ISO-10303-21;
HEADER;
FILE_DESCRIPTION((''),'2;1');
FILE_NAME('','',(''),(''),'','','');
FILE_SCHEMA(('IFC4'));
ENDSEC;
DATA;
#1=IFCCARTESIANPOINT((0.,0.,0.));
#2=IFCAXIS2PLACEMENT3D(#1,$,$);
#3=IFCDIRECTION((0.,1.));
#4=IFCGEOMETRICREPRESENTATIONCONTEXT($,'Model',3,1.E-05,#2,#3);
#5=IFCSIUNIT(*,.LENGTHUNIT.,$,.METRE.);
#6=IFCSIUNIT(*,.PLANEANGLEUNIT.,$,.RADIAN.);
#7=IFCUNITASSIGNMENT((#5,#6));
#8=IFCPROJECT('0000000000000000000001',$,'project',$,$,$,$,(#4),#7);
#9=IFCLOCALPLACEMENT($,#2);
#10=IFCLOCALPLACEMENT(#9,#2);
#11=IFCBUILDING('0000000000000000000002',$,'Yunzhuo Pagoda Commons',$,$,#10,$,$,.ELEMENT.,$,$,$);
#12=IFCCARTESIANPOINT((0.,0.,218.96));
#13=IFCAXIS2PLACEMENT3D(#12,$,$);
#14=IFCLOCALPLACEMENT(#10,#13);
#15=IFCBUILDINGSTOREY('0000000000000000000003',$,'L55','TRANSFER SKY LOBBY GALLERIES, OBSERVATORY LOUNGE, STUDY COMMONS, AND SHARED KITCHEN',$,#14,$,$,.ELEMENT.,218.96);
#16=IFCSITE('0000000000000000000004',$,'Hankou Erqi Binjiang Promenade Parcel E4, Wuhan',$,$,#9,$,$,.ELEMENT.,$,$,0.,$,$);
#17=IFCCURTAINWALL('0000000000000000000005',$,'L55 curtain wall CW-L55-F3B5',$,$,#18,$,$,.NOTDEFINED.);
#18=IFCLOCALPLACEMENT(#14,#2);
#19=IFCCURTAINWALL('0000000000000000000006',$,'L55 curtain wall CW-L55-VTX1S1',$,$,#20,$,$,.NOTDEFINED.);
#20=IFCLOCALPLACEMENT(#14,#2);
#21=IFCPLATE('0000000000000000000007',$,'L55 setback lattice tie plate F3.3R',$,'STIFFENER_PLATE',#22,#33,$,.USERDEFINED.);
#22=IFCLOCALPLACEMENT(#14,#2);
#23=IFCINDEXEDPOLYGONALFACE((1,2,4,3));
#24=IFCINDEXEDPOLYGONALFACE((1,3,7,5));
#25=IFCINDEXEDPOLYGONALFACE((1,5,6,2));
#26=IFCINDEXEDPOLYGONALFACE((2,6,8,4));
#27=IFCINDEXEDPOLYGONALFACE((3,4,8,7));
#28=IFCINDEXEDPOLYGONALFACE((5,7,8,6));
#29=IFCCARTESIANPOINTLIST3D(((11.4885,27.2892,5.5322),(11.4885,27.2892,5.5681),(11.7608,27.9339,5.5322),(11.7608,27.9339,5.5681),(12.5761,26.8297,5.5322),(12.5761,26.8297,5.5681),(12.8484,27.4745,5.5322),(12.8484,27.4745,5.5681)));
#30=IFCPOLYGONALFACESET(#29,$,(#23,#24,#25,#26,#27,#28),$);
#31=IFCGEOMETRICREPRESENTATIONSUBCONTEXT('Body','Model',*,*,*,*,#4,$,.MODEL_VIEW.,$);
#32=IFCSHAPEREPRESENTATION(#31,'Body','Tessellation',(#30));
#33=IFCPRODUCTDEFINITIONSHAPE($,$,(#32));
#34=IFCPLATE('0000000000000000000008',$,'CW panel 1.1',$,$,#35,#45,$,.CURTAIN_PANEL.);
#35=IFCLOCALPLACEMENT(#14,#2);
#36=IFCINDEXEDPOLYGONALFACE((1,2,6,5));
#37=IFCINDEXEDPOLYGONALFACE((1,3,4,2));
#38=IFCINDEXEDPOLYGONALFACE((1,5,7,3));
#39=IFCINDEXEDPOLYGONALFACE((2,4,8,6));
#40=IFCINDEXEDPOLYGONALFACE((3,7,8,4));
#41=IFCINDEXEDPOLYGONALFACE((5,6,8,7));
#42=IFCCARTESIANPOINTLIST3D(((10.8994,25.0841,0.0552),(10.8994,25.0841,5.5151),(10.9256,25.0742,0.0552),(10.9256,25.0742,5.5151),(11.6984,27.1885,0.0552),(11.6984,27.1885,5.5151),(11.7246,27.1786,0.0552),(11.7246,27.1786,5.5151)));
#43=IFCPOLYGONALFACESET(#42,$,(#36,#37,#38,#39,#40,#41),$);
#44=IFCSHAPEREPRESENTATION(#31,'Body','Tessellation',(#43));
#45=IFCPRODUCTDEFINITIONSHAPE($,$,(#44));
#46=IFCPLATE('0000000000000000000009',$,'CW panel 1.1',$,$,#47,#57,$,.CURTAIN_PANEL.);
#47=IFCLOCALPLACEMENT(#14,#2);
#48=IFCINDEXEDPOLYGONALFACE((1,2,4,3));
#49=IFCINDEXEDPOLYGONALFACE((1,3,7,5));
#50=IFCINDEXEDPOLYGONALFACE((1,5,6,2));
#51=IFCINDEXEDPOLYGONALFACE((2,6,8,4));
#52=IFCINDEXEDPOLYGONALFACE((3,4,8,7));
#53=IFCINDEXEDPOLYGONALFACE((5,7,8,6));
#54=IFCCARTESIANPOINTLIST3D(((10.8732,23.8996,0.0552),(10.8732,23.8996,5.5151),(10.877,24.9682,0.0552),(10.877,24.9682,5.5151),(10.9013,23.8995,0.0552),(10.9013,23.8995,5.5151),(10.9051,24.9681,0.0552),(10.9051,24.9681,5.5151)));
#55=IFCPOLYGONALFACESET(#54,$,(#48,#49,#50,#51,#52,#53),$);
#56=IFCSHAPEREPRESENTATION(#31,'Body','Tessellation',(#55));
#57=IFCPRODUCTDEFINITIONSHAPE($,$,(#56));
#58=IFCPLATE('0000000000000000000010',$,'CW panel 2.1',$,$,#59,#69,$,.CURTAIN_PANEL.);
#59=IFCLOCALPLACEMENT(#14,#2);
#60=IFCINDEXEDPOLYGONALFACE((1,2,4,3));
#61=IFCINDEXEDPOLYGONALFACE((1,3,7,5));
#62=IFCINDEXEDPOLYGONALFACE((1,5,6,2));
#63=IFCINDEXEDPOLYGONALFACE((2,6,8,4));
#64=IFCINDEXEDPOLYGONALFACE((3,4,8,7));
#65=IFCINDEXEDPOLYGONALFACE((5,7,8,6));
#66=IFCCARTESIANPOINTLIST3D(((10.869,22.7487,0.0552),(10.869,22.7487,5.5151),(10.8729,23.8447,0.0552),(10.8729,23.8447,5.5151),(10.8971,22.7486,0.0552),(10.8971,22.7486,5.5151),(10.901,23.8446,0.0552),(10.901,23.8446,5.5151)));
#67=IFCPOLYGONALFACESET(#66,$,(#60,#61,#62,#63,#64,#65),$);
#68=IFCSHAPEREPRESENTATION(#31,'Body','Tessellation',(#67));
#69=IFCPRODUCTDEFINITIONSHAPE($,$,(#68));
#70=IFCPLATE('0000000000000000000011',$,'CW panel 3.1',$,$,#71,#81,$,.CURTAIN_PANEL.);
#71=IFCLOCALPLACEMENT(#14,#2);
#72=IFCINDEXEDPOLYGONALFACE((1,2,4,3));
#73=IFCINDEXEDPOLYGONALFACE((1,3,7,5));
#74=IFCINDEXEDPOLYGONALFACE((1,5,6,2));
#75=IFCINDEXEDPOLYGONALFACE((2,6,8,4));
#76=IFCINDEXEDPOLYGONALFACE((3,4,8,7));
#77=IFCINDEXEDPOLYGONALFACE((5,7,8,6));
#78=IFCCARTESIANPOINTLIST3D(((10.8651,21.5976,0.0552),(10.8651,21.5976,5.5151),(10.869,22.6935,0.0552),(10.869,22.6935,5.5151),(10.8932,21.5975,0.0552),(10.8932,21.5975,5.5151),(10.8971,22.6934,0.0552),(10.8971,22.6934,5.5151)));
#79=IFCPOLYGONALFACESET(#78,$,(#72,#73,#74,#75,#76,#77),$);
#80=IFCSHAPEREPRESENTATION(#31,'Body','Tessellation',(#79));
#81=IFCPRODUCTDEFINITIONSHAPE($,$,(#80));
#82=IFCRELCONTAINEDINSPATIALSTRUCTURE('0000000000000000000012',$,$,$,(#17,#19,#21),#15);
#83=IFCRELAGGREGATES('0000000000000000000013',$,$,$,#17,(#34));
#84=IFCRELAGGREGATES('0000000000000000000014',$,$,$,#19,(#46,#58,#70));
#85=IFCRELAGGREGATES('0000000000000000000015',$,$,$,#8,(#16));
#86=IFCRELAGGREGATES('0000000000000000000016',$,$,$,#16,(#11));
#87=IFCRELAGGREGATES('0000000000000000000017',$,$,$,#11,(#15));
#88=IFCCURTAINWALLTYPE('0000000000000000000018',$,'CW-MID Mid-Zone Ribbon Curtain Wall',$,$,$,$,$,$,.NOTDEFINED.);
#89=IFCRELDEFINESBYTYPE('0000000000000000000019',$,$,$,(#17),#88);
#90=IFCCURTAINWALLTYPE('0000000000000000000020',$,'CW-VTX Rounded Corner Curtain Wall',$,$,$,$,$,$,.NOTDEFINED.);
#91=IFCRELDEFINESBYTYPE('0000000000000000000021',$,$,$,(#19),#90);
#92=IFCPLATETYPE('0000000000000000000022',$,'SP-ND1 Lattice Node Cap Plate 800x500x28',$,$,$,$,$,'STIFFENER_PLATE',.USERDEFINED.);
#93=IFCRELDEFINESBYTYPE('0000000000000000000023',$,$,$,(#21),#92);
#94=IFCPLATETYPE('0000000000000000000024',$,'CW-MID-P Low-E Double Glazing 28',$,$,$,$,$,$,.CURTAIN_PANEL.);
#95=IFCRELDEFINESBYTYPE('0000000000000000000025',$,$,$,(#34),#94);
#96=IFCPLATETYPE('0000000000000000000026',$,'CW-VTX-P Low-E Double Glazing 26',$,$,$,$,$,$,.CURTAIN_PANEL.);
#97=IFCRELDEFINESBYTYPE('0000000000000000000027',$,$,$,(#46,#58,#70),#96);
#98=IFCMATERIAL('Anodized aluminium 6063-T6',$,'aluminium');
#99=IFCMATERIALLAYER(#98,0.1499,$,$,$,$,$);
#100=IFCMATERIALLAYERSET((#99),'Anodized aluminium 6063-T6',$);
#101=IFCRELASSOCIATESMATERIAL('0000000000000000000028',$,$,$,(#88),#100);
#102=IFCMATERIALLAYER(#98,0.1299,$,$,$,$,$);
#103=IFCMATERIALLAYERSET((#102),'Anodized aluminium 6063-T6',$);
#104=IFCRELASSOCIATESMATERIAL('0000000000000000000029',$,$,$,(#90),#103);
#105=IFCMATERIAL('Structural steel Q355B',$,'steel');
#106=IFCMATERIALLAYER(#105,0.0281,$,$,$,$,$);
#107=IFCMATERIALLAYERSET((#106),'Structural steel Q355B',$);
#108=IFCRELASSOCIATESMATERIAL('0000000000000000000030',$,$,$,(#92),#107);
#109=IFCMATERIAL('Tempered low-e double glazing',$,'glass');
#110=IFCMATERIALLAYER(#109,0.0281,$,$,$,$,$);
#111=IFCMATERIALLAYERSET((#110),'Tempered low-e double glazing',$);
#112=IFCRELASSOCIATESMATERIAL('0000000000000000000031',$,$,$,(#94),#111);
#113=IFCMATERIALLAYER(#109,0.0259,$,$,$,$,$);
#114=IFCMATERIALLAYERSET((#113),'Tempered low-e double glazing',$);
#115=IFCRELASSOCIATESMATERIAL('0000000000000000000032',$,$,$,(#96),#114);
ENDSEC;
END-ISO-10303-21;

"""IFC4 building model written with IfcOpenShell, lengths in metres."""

from ifc_helpers import new_model, si_unit, direction, frame, origin, origin_2d, place, context, subcontext, project, spatial, rectangle, extrude, source, transform, mapped, material, layer, layer_set, type_object, element, aggregate, save


model = new_model("IFC4")

# Units and contexts
model_context = context("Model", 3, precision=1e-05, world=origin(), true_north=direction((0.0, 1.0)))
body_context = subcontext(model_context, "Body", "Model", "MODEL_VIEW")
ifc_project = project(units=[si_unit("LENGTHUNIT", "METRE"), si_unit("PLANEANGLEUNIT", "RADIAN")], contexts=[model_context])

# Site, building, storey
site_placement = place(None, origin())
site = spatial("IfcSite", under=ifc_project, at=site_placement, Name="Hankou Erqi Binjiang Promenade Parcel E4, Wuhan", CompositionType="ELEMENT", RefElevation=0.0)
building_placement = place(site_placement, origin())
building = spatial("IfcBuilding", under=site, at=building_placement, Name="Yunzhuo Pagoda Commons", CompositionType="ELEMENT")
storey_placement = place(building_placement, frame((0.0, 0.0, 218.96)))
storey = spatial("IfcBuildingStorey", under=building, at=storey_placement, Name="L55", Description="TRANSFER SKY LOBBY GALLERIES, OBSERVATORY LOUNGE, STUDY COMMONS, AND SHARED KITCHEN", CompositionType="ELEMENT", Elevation=218.96)

# Shared definitions
ifc_material_1 = material(Name="Structural steel Q355B", Category="steel")

# Shared definitions
ifc_material_2 = material(Name="Anodized aluminium 6063-T6", Category="aluminium")
ifc_layer_1 = layer(ifc_material_2, 0.1499)
ifc_layer_set_1 = layer_set([ifc_layer_1], Name="Anodized aluminium 6063-T6")
curtain_wall_type_1 = type_object("IfcCurtainWallType", Name="CW-MID Mid-Zone Ribbon Curtain Wall", PredefinedType="NOTDEFINED", material=ifc_layer_set_1)

# Curtain walls
curtain_wall_1_placement = place(storey_placement, origin())
curtain_wall_1 = element("IfcCurtainWall", 1, at=curtain_wall_1_placement, inside=storey, type_object=curtain_wall_type_1, Name="L55 curtain wall CW-L55-F3B5", PredefinedType="NOTDEFINED")
ifc_layer_2 = layer(ifc_material_2, 0.1299)
ifc_layer_set_2 = layer_set([ifc_layer_2], Name="Anodized aluminium 6063-T6")
curtain_wall_type_2 = type_object("IfcCurtainWallType", Name="CW-VTX Rounded Corner Curtain Wall", PredefinedType="NOTDEFINED", material=ifc_layer_set_2)
curtain_wall_2_placement = place(storey_placement, origin())
curtain_wall_2 = element("IfcCurtainWall", 2, at=curtain_wall_2_placement, inside=storey, type_object=curtain_wall_type_2, Name="L55 curtain wall CW-L55-VTX1S1", PredefinedType="NOTDEFINED")

# Plates
ifc_layer_3 = layer(ifc_material_1, 0.0281)
ifc_layer_set_3 = layer_set([ifc_layer_3], Name="Structural steel Q355B")
plate_type_1 = type_object("IfcPlateType", Name="SP-ND1 Lattice Node Cap Plate 800x500x28", ElementType="STIFFENER_PLATE", PredefinedType="USERDEFINED", material=ifc_layer_set_3)
shared_shape_1 = source(origin(), body_context, "Body", "SweptSolid", [
    extrude(rectangle(XDim=0.7, YDim=1.1807, at=origin_2d()), origin(), (0.0, 0.0, 1.0), 0.0359),
])
plate_1_placement = place(storey_placement, frame((12.1685, 27.3818, 5.5322), z_axis=(0.0, 0.0, 1.0), x_axis=(-0.389124, -0.921185, 0.0)))
element("IfcPlate", 3, at=plate_1_placement, inside=storey, type_object=plate_type_1, Name="L55 setback lattice tie plate F3.3R", ObjectType="STIFFENER_PLATE", PredefinedType="USERDEFINED", context=body_context, shape_type="MappedRepresentation", body=[
    mapped(shared_shape_1, transform((0.0, 0.0, 0.0), scale=1.0)),
])
ifc_material_3 = material(Name="Tempered low-e double glazing", Category="glass")
ifc_layer_4 = layer(ifc_material_3, 0.0281)
ifc_layer_set_4 = layer_set([ifc_layer_4], Name="Tempered low-e double glazing")
plate_type_2 = type_object("IfcPlateType", Name="CW-MID-P Low-E Double Glazing 28", PredefinedType="CURTAIN_PANEL", material=ifc_layer_set_4)
shared_shape_2 = source(origin(), body_context, "Body", "SweptSolid", [
    extrude(rectangle(XDim=2.251, YDim=0.0281, at=origin_2d()), origin(), (0.0, 0.0, 1.0), 5.46),
])
plate_2_placement = place(storey_placement, frame((11.312, 26.1313, 0.0552), z_axis=(0.0, 0.0, 1.0), x_axis=(-0.354957, -0.934883, 0.0)))
plate_2 = element("IfcPlate", 4, at=plate_2_placement, type_object=plate_type_2, Name="CW panel 1.1", PredefinedType="CURTAIN_PANEL", context=body_context, shape_type="MappedRepresentation", body=[
    mapped(shared_shape_2, transform((0.0, 0.0, 0.0), scale=1.0)),
])
aggregate(curtain_wall_1, [plate_2])
ifc_layer_5 = layer(ifc_material_3, 0.0259)
ifc_layer_set_5 = layer_set([ifc_layer_5], Name="Tempered low-e double glazing")
plate_type_3 = type_object("IfcPlateType", Name="CW-VTX-P Low-E Double Glazing 26", PredefinedType="CURTAIN_PANEL", material=ifc_layer_set_5)
shared_shape_3 = source(origin(), body_context, "Body", "SweptSolid", [
    extrude(rectangle(XDim=1.0686, YDim=0.0281, at=origin_2d()), origin(), (0.0, 0.0, 1.0), 5.46),
])
plate_3_placement = place(storey_placement, frame((10.8892, 24.4338, 0.0552), z_axis=(0.0, 0.0, 1.0), x_axis=(-0.003584, -0.999994, 0.0)))
plate_3 = element("IfcPlate", 5, at=plate_3_placement, type_object=plate_type_3, Name="CW panel 1.1", PredefinedType="CURTAIN_PANEL", context=body_context, shape_type="MappedRepresentation", body=[
    mapped(shared_shape_3, transform((0.0, 0.0, 0.0), scale=1.0)),
])
shared_shape_4 = source(origin(), body_context, "Body", "SweptSolid", [
    extrude(rectangle(XDim=1.0959, YDim=0.0281, at=origin_2d()), origin(), (0.0, 0.0, 1.0), 5.46),
])
plate_4_placement = place(storey_placement, frame((10.885, 23.2966, 0.0552), z_axis=(0.0, 0.0, 1.0), x_axis=(-0.003584, -0.999994, 0.0)))
plate_4 = element("IfcPlate", 6, at=plate_4_placement, type_object=plate_type_3, Name="CW panel 2.1", PredefinedType="CURTAIN_PANEL", context=body_context, shape_type="MappedRepresentation", body=[
    mapped(shared_shape_4, transform((0.0, 0.0, 0.0), scale=1.0)),
])
plate_5_placement = place(storey_placement, frame((10.8811, 22.1455, 0.0552), z_axis=(0.0, 0.0, 1.0), x_axis=(-0.003584, -0.999994, 0.0)))
plate_5 = element("IfcPlate", 7, at=plate_5_placement, type_object=plate_type_3, Name="CW panel 3.1", PredefinedType="CURTAIN_PANEL", context=body_context, shape_type="MappedRepresentation", body=[
    mapped(shared_shape_4, transform((0.0, 0.0, 0.0), scale=1.0)),
])
aggregate(curtain_wall_2, [plate_3, plate_4, plate_5])

save(model, "model.ifc")
